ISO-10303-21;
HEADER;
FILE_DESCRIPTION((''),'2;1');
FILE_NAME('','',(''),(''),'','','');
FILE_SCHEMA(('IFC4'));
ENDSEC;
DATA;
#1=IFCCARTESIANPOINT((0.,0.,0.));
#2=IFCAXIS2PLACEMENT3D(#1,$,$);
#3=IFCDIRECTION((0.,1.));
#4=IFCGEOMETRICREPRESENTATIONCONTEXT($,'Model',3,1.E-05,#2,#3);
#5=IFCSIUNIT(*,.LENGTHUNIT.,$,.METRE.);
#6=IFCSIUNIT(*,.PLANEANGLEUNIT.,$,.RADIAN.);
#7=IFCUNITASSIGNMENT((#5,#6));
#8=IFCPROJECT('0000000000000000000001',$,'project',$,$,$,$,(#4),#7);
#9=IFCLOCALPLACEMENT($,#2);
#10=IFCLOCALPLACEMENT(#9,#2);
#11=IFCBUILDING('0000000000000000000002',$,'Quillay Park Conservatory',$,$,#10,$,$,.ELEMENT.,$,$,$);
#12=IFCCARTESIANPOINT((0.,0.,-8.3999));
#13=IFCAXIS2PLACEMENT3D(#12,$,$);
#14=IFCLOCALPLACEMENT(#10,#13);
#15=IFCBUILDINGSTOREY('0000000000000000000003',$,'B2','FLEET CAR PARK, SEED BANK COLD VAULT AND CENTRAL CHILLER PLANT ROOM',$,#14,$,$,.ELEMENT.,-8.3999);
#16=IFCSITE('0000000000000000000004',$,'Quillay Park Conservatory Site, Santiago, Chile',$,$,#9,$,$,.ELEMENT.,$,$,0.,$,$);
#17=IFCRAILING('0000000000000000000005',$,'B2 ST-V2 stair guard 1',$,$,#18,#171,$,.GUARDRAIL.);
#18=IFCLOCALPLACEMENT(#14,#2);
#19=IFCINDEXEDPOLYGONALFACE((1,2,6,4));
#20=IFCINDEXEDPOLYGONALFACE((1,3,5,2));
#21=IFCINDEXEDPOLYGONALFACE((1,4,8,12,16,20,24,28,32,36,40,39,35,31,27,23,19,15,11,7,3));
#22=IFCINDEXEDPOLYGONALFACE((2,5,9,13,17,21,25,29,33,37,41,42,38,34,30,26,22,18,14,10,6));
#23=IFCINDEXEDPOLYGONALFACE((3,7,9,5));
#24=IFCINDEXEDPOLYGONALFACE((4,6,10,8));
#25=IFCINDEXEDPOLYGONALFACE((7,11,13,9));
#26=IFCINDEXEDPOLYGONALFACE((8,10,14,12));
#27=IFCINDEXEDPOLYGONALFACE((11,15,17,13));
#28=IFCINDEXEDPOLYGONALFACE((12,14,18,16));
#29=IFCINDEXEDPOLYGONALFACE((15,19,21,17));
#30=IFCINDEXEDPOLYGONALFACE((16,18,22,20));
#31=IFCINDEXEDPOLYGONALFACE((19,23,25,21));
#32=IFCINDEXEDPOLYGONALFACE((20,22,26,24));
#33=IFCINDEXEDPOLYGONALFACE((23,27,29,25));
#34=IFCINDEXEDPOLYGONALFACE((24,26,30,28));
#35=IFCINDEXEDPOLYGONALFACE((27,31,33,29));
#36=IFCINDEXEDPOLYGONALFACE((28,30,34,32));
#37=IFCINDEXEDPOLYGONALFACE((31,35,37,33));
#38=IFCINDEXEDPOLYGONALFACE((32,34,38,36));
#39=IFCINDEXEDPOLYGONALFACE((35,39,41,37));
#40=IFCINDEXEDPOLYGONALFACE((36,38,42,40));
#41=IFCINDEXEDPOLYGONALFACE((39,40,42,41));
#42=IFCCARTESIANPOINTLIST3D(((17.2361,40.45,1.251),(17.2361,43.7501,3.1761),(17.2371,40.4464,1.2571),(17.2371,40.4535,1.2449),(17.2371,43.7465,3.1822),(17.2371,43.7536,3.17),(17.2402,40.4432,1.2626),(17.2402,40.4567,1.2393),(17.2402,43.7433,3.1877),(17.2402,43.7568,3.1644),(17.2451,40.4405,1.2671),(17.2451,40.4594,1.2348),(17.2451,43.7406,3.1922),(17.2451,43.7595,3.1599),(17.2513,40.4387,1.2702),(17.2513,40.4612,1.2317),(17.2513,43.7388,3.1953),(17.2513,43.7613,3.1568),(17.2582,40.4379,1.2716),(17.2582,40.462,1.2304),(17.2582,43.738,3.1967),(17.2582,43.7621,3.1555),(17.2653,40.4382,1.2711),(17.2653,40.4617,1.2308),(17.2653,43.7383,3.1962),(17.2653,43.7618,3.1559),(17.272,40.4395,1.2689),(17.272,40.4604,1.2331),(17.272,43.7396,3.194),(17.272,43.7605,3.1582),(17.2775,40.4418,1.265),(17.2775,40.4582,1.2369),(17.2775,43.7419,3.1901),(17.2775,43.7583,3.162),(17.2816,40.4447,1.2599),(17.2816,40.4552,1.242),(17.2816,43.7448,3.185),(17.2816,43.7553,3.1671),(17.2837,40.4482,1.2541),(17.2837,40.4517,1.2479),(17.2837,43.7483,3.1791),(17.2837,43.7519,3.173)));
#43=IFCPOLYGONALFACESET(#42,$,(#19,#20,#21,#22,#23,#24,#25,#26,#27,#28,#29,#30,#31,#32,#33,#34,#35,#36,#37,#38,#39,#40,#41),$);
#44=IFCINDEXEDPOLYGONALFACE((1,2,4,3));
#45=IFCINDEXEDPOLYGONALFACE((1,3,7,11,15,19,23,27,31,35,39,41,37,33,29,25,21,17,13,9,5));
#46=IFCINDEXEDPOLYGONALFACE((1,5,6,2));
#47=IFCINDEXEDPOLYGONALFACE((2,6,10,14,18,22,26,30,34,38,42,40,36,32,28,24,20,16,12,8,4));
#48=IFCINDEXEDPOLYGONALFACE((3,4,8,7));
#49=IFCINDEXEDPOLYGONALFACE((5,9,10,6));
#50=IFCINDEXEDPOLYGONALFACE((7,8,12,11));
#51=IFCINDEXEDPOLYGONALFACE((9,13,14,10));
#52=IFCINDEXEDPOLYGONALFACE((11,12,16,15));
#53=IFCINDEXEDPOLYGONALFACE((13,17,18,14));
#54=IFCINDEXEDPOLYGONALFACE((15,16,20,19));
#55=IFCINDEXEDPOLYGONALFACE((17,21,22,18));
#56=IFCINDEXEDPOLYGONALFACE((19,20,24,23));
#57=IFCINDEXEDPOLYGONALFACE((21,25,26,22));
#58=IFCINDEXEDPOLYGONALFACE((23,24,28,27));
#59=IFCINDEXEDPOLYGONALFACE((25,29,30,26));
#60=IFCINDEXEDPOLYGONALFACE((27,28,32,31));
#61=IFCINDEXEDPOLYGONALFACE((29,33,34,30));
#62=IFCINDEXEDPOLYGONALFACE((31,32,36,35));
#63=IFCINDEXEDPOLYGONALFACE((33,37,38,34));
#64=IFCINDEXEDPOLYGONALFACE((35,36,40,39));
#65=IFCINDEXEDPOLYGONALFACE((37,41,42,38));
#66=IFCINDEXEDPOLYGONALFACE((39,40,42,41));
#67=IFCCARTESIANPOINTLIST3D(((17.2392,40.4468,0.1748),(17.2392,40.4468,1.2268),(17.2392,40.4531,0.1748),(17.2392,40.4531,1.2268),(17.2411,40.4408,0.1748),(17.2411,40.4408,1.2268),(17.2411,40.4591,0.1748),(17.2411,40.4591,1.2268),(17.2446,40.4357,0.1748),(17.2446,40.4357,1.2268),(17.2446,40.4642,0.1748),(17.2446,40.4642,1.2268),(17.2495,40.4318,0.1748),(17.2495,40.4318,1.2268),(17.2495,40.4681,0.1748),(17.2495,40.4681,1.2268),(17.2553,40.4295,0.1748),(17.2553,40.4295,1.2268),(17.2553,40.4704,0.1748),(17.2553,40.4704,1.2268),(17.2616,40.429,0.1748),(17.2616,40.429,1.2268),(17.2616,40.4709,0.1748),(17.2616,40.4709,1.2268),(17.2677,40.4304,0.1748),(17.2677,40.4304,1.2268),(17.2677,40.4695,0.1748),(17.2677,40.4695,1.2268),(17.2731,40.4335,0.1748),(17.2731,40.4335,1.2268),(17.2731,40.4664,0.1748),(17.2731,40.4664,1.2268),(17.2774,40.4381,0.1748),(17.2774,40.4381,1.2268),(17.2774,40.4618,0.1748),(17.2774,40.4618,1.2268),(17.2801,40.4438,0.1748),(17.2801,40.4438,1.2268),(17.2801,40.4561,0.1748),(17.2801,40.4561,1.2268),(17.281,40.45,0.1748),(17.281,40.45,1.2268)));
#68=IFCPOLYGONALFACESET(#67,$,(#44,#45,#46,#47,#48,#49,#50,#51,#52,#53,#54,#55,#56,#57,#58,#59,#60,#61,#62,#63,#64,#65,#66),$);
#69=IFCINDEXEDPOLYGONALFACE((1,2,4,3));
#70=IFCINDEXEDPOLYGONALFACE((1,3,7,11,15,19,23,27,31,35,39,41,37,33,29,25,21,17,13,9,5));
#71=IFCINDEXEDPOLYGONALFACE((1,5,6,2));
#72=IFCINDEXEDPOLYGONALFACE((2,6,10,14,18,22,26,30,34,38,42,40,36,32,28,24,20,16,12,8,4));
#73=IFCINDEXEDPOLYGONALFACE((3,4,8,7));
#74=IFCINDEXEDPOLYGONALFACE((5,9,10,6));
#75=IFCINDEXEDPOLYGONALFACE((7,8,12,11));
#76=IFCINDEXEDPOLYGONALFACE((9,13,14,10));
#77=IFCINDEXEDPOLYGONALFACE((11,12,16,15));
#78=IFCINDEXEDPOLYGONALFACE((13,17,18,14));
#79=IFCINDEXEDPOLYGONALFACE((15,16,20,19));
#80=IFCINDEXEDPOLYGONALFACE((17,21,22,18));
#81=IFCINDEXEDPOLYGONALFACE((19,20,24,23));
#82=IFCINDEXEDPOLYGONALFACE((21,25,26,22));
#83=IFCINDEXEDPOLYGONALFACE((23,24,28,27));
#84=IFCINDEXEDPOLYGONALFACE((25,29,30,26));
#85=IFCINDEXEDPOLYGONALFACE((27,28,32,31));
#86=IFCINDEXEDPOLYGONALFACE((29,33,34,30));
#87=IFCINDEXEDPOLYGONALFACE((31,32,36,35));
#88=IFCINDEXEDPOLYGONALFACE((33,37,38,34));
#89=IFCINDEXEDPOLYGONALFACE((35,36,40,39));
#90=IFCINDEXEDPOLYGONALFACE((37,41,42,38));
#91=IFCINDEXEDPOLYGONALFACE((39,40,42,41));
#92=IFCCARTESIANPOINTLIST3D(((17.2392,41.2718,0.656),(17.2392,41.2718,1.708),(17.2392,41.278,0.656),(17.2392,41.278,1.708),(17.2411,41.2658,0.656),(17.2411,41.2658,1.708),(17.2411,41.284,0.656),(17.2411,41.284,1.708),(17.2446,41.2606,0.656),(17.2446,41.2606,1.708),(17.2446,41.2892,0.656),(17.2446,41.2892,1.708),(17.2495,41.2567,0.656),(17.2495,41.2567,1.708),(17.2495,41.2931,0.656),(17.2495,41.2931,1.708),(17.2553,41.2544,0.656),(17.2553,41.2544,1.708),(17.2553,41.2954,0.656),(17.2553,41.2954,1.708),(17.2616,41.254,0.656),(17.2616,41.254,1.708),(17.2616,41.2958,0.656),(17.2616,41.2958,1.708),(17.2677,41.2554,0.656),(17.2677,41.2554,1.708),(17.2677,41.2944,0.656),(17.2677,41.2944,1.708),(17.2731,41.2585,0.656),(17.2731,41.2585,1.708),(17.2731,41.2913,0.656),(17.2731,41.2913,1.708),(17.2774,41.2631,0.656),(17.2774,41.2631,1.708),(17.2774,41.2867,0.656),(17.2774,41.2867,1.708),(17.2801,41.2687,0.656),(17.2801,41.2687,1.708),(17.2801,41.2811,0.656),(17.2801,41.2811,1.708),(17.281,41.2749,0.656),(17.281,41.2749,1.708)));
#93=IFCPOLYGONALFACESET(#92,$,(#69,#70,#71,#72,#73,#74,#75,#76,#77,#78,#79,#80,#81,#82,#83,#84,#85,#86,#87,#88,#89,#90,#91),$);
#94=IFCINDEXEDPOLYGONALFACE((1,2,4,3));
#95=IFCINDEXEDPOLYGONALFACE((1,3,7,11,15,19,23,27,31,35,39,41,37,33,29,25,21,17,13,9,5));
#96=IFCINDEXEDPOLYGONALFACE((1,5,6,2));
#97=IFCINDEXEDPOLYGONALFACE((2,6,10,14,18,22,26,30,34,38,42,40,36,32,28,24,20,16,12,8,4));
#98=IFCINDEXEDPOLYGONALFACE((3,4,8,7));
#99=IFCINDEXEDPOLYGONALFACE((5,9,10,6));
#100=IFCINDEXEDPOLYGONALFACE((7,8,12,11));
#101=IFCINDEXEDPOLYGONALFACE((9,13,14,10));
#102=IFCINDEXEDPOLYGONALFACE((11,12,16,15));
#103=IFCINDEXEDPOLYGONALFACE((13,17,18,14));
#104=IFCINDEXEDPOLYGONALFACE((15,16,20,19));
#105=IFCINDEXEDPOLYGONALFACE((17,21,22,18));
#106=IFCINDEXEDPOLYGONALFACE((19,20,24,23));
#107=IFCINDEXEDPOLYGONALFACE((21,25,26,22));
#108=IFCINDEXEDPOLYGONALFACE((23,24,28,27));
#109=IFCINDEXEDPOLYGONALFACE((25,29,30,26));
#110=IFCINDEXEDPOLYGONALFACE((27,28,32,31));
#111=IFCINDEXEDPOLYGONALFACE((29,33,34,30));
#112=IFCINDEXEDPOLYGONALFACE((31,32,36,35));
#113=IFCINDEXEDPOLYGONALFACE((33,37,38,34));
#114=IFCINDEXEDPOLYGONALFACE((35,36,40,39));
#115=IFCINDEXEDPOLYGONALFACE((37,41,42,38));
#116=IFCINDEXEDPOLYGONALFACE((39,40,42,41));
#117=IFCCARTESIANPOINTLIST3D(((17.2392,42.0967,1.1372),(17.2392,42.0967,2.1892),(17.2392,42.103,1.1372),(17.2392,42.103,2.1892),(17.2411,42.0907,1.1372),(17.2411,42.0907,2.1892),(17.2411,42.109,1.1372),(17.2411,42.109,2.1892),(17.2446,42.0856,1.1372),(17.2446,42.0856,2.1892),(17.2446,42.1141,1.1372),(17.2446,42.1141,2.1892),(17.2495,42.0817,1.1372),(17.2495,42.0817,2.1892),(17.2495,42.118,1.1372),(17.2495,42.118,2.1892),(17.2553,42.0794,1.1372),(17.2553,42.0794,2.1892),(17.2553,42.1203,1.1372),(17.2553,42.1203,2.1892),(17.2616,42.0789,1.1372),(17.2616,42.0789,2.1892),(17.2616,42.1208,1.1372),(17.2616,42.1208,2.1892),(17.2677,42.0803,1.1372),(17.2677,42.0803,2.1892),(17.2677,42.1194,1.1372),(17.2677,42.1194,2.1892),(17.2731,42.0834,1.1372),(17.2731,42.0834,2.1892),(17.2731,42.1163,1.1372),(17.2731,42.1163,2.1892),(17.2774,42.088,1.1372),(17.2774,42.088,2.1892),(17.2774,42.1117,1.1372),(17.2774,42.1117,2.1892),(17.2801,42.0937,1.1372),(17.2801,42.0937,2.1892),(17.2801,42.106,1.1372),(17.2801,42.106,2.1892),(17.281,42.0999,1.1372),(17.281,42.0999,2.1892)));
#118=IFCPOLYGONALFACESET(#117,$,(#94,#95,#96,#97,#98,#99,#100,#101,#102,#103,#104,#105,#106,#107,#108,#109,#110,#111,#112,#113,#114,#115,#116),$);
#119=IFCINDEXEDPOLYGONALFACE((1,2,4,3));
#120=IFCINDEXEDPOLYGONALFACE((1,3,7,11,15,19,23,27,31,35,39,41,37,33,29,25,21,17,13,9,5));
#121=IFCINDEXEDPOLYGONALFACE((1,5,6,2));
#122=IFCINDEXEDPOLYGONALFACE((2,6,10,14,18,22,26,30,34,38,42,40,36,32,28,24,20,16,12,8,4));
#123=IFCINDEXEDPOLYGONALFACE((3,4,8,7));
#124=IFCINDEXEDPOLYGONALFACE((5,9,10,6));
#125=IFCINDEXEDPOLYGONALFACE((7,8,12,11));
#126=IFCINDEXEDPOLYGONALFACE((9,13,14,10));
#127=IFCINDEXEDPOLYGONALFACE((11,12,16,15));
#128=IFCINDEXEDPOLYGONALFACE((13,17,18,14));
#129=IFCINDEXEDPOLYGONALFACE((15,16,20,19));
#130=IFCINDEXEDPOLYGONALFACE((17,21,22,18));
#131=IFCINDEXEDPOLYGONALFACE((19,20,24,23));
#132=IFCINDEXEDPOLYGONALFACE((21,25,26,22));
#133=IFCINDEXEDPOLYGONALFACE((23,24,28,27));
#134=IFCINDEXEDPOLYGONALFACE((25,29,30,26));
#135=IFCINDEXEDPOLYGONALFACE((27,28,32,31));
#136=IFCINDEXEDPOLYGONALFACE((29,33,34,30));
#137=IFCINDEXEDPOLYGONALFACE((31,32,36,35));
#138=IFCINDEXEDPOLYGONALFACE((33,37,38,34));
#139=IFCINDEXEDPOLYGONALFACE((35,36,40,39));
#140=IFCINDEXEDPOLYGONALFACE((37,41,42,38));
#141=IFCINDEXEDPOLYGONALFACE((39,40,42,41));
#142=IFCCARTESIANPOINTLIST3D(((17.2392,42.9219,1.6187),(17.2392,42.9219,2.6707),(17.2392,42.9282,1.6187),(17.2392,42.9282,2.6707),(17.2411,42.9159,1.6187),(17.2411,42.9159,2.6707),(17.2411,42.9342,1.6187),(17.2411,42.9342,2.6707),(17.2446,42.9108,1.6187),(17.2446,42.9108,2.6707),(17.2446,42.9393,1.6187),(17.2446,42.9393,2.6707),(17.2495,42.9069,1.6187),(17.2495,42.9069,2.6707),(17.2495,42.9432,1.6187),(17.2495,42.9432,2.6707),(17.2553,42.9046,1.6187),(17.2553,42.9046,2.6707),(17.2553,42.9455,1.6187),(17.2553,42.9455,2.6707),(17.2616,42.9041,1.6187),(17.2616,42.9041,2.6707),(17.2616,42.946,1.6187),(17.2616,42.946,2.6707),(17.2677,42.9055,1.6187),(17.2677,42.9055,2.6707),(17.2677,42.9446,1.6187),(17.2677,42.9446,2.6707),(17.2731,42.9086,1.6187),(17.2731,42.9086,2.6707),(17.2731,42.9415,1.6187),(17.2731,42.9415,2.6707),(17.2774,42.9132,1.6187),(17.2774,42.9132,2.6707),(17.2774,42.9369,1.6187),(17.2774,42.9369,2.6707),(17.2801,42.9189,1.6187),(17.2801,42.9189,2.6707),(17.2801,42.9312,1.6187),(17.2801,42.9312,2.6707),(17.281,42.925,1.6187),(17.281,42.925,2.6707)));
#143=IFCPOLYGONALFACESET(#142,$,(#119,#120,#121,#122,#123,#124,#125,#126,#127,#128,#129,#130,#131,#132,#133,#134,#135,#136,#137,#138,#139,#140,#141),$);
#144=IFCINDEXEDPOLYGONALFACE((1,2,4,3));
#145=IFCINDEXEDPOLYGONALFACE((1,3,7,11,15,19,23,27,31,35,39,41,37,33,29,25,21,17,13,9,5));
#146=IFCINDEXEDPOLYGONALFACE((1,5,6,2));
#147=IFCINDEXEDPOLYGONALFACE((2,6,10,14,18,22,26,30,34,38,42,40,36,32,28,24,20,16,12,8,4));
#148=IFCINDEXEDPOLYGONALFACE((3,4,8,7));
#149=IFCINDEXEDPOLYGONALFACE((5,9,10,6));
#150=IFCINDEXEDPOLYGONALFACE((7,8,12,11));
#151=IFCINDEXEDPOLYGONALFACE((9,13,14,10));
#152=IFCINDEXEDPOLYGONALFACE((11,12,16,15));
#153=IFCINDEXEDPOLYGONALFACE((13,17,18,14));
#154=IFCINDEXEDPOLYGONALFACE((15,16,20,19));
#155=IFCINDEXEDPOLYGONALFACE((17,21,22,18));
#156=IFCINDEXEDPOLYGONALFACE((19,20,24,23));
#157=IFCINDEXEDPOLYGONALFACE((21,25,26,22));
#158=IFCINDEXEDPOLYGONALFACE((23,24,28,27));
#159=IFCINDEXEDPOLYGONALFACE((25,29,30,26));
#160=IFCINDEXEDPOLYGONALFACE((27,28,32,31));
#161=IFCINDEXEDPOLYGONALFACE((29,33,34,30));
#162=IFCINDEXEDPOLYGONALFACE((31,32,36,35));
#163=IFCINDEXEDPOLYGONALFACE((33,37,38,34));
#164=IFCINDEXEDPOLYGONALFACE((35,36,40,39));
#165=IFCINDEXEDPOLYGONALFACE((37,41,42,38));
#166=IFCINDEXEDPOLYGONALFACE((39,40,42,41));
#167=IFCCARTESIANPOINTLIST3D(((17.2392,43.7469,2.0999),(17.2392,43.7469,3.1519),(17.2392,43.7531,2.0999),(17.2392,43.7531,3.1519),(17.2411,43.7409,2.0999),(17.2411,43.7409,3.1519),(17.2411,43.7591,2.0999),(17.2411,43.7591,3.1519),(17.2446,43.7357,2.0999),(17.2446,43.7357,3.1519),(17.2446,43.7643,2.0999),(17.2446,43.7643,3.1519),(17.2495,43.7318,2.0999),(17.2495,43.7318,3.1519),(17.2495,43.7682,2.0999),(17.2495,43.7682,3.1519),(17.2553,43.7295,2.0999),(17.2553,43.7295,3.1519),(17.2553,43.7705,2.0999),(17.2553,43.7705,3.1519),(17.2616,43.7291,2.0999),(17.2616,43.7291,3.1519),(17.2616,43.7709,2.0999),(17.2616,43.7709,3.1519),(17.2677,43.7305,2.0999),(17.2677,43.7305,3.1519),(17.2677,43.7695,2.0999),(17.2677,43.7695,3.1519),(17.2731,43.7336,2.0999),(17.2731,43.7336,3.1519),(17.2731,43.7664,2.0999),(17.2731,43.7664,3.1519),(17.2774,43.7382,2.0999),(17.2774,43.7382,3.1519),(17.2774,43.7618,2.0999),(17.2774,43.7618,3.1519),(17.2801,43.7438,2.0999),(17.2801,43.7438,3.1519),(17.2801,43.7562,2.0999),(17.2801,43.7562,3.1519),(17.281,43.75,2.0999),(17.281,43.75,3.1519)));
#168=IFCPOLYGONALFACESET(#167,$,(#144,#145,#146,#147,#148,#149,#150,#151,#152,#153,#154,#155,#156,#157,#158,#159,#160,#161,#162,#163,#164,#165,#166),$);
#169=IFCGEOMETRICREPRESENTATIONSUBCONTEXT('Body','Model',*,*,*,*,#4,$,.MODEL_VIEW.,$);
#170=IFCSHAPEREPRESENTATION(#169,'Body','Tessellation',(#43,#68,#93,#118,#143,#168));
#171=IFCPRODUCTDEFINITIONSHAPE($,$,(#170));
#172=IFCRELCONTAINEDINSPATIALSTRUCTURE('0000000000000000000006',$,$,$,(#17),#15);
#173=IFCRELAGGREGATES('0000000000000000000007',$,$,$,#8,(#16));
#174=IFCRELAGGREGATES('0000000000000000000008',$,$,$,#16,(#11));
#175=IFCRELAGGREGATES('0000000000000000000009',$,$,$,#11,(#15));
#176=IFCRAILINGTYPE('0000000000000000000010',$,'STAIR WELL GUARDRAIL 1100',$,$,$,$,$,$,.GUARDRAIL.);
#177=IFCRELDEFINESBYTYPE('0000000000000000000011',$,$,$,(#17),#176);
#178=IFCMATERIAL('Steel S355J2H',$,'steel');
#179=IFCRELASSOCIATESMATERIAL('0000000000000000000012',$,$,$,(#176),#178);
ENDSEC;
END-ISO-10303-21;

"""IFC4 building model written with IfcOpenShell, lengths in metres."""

from ifc_helpers import new_model, si_unit, direction, frame, origin, origin_2d, place, context, subcontext, project, spatial, circle, extrude, material, type_object, element, save


model = new_model("IFC4")

# Units and contexts
model_context = context("Model", 3, precision=1e-05, world=origin(), true_north=direction((0.0, 1.0)))
body_context = subcontext(model_context, "Body", "Model", "MODEL_VIEW")
ifc_project = project(units=[si_unit("LENGTHUNIT", "METRE"), si_unit("PLANEANGLEUNIT", "RADIAN")], contexts=[model_context])

# Site, building, storey
site_placement = place(None, origin())
site = spatial("IfcSite", under=ifc_project, at=site_placement, Name="Quillay Park Conservatory Site, Santiago, Chile", CompositionType="ELEMENT", RefElevation=0.0)
building_placement = place(site_placement, origin())
building = spatial("IfcBuilding", under=site, at=building_placement, Name="Quillay Park Conservatory", CompositionType="ELEMENT")
storey_placement = place(building_placement, frame((0.0, 0.0, -8.3999)))
storey = spatial("IfcBuildingStorey", under=building, at=storey_placement, Name="B2", Description="FLEET CAR PARK, SEED BANK COLD VAULT AND CENTRAL CHILLER PLANT ROOM", CompositionType="ELEMENT", Elevation=-8.3999)

# Railing
ifc_material_1 = material(Name="Steel S355J2H", Category="steel")
railing_type_1 = type_object("IfcRailingType", Name="STAIR WELL GUARDRAIL 1100", PredefinedType="GUARDRAIL", material=ifc_material_1)
railing_1_placement = place(storey_placement, frame((17.26, 40.45, 0.1748)))
element("IfcRailing", 1, at=railing_1_placement, inside=storey, type_object=railing_type_1, Name="B2 ST-V2 stair guard 1", PredefinedType="GUARDRAIL", context=body_context, shape_type="SweptSolid", body=[
    extrude(circle(Radius=0.0239, at=origin_2d()), frame((0.0, 0.0, 1.0762), z_axis=(0.0, 0.863777, 0.503875), x_axis=(-1.0, 0.0, 0.0)), (0.0, 0.0, 1.0), 3.8206),
    extrude(circle(Radius=0.021, at=origin_2d()), origin(), (0.0, 0.0, 1.0), 1.052),
    extrude(circle(Radius=0.021, at=origin_2d()), frame((0.0, 0.825, 0.4812)), (0.0, 0.0, 1.0), 1.052),
    extrude(circle(Radius=0.021, at=origin_2d()), frame((0.0, 1.6499, 0.9624)), (0.0, 0.0, 1.0), 1.052),
    extrude(circle(Radius=0.021, at=origin_2d()), frame((0.0, 2.4751, 1.4438)), (0.0, 0.0, 1.0), 1.052),
    extrude(circle(Radius=0.021, at=origin_2d()), frame((0.0, 3.3, 1.925)), (0.0, 0.0, 1.0), 1.052),
])

save(model, "model.ifc")
